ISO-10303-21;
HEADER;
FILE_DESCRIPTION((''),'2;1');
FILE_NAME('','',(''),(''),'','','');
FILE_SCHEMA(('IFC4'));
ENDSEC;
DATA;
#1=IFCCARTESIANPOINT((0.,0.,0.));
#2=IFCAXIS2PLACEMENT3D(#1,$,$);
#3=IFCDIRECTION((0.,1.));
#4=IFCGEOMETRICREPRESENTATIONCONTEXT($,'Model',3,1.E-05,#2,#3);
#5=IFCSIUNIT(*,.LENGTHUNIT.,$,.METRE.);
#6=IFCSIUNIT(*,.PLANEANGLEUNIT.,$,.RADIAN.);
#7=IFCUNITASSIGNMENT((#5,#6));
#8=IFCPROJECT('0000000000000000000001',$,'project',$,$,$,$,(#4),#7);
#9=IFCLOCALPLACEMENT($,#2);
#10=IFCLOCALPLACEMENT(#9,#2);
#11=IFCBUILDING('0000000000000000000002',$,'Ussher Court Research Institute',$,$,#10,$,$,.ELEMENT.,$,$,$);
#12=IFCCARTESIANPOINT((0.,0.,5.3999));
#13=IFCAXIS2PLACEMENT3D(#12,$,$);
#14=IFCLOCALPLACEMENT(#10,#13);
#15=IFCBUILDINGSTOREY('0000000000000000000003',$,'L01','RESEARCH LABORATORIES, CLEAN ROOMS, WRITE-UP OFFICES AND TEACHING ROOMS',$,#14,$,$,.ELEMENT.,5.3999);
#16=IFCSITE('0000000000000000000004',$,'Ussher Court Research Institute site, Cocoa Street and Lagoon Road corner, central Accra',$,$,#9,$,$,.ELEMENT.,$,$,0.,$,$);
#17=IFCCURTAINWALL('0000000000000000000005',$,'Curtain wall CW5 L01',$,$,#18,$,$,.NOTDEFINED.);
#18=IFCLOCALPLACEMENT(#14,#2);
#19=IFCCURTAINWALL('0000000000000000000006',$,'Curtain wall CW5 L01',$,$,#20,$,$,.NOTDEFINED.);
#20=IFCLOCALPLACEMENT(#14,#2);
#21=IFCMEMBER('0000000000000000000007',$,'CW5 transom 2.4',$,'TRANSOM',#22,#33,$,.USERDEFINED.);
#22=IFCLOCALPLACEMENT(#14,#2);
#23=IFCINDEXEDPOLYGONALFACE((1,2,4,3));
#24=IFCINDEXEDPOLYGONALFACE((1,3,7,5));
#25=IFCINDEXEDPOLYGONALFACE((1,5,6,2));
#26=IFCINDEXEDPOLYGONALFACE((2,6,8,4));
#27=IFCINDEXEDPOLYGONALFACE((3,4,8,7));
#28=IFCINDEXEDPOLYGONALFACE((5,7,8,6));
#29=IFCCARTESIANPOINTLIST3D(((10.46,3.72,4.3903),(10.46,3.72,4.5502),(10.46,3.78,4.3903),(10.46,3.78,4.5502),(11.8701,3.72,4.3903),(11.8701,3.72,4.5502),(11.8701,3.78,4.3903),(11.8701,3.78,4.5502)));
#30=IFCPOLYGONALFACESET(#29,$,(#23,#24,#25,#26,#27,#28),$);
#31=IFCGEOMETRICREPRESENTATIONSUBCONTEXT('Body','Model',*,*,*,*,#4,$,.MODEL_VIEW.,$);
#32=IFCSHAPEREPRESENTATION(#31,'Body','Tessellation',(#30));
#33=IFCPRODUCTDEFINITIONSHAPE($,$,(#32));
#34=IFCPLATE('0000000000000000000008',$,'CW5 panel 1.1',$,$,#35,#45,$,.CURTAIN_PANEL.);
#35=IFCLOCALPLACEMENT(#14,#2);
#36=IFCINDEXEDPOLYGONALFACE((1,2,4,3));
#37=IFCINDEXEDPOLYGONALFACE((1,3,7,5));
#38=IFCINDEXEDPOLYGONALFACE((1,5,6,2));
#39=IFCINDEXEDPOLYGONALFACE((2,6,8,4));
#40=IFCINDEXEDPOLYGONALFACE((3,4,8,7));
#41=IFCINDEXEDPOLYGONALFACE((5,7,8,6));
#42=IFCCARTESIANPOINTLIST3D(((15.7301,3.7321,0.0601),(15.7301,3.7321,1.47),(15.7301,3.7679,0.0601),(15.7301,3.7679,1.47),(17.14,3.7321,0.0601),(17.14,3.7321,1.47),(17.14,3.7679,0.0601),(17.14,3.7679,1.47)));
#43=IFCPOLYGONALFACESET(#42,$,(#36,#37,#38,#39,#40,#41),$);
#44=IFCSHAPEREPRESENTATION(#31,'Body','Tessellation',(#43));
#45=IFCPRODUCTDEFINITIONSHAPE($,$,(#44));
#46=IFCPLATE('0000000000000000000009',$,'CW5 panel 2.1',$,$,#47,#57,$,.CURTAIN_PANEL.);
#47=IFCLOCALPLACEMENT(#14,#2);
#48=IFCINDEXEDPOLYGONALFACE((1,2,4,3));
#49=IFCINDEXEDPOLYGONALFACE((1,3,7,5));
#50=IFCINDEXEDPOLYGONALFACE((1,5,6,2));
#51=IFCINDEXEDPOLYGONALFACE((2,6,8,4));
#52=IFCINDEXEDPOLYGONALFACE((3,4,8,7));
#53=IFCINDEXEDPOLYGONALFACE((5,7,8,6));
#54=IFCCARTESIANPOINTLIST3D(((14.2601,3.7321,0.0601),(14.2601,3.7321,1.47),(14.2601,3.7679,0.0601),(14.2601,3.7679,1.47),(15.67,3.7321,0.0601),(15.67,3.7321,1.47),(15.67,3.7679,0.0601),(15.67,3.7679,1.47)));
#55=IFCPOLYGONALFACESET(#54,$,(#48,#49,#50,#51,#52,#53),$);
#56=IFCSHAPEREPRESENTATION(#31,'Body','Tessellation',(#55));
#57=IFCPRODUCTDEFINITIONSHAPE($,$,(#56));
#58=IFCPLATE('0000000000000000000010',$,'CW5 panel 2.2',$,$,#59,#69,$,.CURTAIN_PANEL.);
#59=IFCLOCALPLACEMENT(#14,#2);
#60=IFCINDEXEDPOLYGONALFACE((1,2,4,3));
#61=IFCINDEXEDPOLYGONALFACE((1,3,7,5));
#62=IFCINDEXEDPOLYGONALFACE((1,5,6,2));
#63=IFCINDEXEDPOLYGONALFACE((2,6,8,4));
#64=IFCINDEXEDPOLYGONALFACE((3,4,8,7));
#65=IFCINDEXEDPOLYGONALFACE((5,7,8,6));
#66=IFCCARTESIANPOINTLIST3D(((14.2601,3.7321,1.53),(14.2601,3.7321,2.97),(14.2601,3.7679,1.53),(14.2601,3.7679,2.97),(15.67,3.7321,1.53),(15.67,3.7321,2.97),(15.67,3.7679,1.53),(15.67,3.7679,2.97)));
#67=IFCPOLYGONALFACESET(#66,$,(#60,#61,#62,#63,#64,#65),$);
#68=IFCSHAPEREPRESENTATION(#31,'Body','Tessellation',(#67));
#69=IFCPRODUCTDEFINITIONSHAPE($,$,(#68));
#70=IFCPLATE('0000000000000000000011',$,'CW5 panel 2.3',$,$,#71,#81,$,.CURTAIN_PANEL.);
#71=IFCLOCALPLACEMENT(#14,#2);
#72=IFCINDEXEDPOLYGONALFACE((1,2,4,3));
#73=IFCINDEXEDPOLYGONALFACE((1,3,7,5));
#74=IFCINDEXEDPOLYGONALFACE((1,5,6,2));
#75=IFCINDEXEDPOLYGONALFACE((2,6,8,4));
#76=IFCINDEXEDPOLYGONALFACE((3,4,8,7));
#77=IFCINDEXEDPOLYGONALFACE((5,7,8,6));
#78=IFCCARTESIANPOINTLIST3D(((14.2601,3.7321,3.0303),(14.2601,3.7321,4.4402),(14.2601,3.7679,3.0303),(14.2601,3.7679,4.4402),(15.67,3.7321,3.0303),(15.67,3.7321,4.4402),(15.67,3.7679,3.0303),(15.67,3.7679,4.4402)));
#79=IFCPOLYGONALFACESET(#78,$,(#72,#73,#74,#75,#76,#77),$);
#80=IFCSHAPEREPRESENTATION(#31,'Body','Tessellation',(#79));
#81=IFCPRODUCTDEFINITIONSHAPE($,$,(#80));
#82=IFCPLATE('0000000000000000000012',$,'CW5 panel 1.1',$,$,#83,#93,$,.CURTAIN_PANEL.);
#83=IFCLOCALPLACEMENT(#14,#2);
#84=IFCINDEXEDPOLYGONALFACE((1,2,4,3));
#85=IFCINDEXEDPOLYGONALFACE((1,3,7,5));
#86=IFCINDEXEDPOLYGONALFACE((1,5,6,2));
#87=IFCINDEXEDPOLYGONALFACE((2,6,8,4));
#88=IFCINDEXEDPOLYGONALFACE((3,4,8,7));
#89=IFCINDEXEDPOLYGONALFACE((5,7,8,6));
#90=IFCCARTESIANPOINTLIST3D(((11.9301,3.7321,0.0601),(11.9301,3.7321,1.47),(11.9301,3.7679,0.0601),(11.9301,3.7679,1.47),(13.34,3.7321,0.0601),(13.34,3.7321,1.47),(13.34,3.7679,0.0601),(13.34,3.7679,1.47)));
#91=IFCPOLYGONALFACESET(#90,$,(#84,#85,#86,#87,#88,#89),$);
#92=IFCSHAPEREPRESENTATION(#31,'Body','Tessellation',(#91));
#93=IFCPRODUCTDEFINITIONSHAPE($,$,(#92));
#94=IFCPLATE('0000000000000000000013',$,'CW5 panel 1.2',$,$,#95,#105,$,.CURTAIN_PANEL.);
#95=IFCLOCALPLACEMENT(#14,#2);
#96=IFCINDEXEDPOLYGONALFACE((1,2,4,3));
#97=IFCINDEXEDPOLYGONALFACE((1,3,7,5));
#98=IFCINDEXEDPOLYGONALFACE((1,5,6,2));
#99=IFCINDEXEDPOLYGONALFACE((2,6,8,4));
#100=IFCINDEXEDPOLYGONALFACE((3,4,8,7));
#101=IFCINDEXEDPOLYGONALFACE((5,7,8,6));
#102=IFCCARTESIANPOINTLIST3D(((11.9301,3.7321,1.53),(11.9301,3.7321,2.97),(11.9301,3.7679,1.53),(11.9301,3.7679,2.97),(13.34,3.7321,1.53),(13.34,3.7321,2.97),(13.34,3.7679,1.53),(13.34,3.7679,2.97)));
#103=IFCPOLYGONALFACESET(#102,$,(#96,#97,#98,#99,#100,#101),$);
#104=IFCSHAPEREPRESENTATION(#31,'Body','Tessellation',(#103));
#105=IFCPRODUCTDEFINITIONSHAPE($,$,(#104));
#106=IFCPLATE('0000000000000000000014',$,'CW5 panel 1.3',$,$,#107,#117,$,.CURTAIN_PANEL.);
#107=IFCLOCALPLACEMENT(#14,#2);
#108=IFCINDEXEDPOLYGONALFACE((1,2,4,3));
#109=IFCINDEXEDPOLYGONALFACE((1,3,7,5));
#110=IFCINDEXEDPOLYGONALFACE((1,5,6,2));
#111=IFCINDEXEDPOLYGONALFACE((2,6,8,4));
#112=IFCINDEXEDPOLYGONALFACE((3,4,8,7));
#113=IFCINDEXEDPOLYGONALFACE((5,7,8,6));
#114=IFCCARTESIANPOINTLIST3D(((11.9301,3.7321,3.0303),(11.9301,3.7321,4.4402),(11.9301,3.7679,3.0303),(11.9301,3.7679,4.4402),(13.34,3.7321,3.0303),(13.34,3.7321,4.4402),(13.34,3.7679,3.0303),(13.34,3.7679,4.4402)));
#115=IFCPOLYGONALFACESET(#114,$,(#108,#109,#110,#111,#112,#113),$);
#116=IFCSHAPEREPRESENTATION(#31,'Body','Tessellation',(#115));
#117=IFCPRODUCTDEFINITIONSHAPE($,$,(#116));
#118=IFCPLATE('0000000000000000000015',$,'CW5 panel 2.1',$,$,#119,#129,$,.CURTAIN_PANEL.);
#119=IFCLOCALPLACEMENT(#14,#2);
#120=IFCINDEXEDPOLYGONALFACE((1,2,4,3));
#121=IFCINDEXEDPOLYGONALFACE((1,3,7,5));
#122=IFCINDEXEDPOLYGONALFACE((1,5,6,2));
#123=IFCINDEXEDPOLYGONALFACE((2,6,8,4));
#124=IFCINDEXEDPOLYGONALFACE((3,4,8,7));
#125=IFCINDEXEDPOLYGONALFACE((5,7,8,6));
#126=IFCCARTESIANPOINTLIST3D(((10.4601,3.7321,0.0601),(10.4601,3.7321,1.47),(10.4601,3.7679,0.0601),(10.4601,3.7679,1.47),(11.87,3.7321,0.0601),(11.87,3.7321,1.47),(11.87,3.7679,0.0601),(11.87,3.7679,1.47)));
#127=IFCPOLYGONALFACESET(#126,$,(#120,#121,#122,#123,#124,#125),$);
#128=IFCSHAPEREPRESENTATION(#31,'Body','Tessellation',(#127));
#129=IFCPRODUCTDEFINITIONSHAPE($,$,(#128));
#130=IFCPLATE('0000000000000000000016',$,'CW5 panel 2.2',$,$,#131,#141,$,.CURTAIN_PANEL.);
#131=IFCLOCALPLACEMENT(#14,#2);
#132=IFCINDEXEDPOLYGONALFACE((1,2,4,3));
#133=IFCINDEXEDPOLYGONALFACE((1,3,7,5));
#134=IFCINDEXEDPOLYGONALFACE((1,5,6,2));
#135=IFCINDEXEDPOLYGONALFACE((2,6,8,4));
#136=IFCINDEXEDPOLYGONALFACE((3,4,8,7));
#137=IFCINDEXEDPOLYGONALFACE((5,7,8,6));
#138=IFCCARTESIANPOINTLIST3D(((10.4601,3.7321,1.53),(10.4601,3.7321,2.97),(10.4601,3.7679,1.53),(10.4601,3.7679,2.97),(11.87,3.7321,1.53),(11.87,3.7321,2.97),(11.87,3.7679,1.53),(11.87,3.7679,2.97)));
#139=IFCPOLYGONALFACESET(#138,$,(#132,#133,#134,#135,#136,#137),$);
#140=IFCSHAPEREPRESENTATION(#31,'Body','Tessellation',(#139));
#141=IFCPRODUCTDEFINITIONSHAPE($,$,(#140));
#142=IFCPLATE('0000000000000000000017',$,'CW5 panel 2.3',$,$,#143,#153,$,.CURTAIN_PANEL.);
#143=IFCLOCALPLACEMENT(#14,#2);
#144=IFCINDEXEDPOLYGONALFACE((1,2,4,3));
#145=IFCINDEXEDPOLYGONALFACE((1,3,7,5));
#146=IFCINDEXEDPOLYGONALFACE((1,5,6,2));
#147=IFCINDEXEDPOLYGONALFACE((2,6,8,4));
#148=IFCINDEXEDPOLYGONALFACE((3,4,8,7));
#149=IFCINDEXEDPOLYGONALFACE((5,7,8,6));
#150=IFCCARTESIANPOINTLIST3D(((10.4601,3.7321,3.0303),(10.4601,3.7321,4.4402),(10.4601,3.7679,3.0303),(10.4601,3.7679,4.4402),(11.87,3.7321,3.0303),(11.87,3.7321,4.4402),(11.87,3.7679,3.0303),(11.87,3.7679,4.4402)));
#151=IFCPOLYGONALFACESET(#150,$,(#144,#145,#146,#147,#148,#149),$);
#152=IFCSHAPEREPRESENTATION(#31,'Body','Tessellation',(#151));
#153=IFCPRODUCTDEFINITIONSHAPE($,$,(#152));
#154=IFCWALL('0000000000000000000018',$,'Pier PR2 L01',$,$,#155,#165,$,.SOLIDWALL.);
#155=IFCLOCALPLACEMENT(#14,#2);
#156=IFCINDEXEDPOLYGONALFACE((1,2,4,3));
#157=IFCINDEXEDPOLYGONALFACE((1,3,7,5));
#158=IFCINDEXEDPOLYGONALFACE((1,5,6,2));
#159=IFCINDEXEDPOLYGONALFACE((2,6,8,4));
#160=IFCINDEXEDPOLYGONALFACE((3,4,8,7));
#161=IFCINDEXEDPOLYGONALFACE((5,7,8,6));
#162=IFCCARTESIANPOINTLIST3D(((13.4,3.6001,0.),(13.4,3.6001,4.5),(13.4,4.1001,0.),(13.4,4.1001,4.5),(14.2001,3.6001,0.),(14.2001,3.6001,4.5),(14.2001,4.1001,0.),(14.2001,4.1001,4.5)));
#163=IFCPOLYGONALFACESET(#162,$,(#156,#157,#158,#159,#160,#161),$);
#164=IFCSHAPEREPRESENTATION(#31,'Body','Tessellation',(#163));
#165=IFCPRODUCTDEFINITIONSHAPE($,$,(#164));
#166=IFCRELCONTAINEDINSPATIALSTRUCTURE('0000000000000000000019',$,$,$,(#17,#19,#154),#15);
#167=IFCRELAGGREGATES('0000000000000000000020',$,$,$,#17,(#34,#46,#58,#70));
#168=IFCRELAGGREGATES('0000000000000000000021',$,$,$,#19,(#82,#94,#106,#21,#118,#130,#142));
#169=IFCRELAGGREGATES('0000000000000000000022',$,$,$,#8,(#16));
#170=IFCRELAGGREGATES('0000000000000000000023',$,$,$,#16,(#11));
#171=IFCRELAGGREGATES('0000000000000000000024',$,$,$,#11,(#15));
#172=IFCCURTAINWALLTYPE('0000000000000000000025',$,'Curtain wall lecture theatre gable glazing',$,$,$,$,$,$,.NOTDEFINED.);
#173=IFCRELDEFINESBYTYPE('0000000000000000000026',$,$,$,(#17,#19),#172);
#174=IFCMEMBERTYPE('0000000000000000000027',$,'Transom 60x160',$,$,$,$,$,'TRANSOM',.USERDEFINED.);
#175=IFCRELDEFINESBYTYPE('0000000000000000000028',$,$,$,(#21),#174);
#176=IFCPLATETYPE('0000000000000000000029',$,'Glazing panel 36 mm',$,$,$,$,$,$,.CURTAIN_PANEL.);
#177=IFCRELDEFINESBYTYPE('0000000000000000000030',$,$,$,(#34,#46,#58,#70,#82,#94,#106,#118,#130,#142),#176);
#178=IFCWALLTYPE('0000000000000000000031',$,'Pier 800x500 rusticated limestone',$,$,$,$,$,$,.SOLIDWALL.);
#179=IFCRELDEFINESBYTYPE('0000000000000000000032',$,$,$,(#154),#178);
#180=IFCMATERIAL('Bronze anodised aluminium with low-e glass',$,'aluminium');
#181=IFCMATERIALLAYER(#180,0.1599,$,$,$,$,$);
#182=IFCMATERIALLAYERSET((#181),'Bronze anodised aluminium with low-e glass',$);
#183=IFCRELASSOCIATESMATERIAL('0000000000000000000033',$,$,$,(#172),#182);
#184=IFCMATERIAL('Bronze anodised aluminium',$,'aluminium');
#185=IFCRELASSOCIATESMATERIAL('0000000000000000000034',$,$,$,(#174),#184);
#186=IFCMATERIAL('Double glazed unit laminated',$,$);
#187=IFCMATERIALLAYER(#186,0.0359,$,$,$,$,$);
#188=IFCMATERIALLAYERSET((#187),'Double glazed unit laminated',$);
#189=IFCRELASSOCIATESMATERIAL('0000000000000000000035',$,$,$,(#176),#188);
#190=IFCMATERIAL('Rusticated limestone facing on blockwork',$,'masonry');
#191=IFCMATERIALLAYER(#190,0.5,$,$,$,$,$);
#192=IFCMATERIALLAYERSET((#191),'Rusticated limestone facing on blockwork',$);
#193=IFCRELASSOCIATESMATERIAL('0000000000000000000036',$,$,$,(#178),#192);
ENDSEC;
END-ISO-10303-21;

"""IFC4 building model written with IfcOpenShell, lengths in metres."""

from ifc_helpers import new_model, si_unit, direction, frame, frame_2d, origin, origin_2d, place, context, subcontext, project, spatial, rectangle, extrude, material, layer, layer_set, material_profile, profile_set, type_object, element, aggregate, save


model = new_model("IFC4")

# Units and contexts
model_context = context("Model", 3, precision=1e-05, world=origin(), true_north=direction((0.0, 1.0)))
body_context = subcontext(model_context, "Body", "Model", "MODEL_VIEW")
ifc_project = project(units=[si_unit("LENGTHUNIT", "METRE"), si_unit("PLANEANGLEUNIT", "RADIAN")], contexts=[model_context])

# Site, building, storey
site_placement = place(None, origin())
site = spatial("IfcSite", under=ifc_project, at=site_placement, Name="Ussher Court Research Institute site, Cocoa Street and Lagoon Road corner, central Accra", CompositionType="ELEMENT", RefElevation=0.0)
building_placement = place(site_placement, origin())
building = spatial("IfcBuilding", under=site, at=building_placement, Name="Ussher Court Research Institute", CompositionType="ELEMENT")
storey_placement = place(building_placement, frame((0.0, 0.0, 5.3999)))
storey = spatial("IfcBuildingStorey", under=building, at=storey_placement, Name="L01", Description="RESEARCH LABORATORIES, CLEAN ROOMS, WRITE-UP OFFICES AND TEACHING ROOMS", CompositionType="ELEMENT", Elevation=5.3999)

# Curtain walls
ifc_material_1 = material(Name="Bronze anodised aluminium with low-e glass", Category="aluminium")
ifc_layer_1 = layer(ifc_material_1, 0.1599)
ifc_layer_set_1 = layer_set([ifc_layer_1], Name="Bronze anodised aluminium with low-e glass")
curtain_wall_type = type_object("IfcCurtainWallType", Name="Curtain wall lecture theatre gable glazing", PredefinedType="NOTDEFINED", material=ifc_layer_set_1)
curtain_wall_1_placement = place(storey_placement, origin())
curtain_wall_1 = element("IfcCurtainWall", 1, at=curtain_wall_1_placement, inside=storey, type_object=curtain_wall_type, Name="Curtain wall CW5 L01", PredefinedType="NOTDEFINED")
curtain_wall_2_placement = place(storey_placement, origin())
curtain_wall_2 = element("IfcCurtainWall", 2, at=curtain_wall_2_placement, inside=storey, type_object=curtain_wall_type, Name="Curtain wall CW5 L01", PredefinedType="NOTDEFINED")

# Member
ifc_material_2 = material(Name="Bronze anodised aluminium", Category="aluminium")
ifc_material_profile_1 = material_profile(ifc_material_2, rectangle(XDim=0.0601, YDim=0.1599, at=origin_2d()), Name="Transom 60x160")
ifc_profile_set_1 = profile_set([ifc_material_profile_1], Name="Bronze anodised aluminium")
member_type_1 = type_object("IfcMemberType", Name="Transom 60x160", ElementType="TRANSOM", PredefinedType="USERDEFINED", material=ifc_profile_set_1)
member_1_placement = place(storey_placement, frame((11.8701, 3.75, 4.4702), z_axis=(-1.0, 0.0, 0.0), x_axis=(0.0, -1.0, 0.0)))
member_1 = element("IfcMember", 3, at=member_1_placement, type_object=member_type_1, Name="CW5 transom 2.4", ObjectType="TRANSOM", PredefinedType="USERDEFINED", context=body_context, shape_type="SweptSolid", body=[
    extrude(rectangle(XDim=0.0601, YDim=0.1599, at=origin_2d()), origin(), (0.0, 0.0, 1.0), 1.4102),
])

# Plates
ifc_material_3 = material(Name="Double glazed unit laminated")
ifc_layer_2 = layer(ifc_material_3, 0.0359)
ifc_layer_set_2 = layer_set([ifc_layer_2], Name="Double glazed unit laminated")
plate_type = type_object("IfcPlateType", Name="Glazing panel 36 mm", PredefinedType="CURTAIN_PANEL", material=ifc_layer_set_2)
plate_1_placement = place(storey_placement, frame((16.4351, 3.75, 0.0601), z_axis=(0.0, 0.0, 1.0), x_axis=(-1.0, 0.0, 0.0)))
plate_1 = element("IfcPlate", 4, at=plate_1_placement, type_object=plate_type, Name="CW5 panel 1.1", PredefinedType="CURTAIN_PANEL", context=body_context, shape_type="SweptSolid", body=[
    extrude(rectangle(XDim=1.4099, YDim=0.0359, at=origin_2d()), origin(), (0.0, 0.0, 1.0), 1.4099),
])
plate_2_placement = place(storey_placement, frame((14.9651, 3.75, 0.0601), z_axis=(0.0, 0.0, 1.0), x_axis=(-1.0, 0.0, 0.0)))
plate_2 = element("IfcPlate", 5, at=plate_2_placement, type_object=plate_type, Name="CW5 panel 2.1", PredefinedType="CURTAIN_PANEL", context=body_context, shape_type="SweptSolid", body=[
    extrude(rectangle(XDim=1.4099, YDim=0.0359, at=origin_2d()), origin(), (0.0, 0.0, 1.0), 1.4099),
])
plate_3_placement = place(storey_placement, frame((14.9651, 3.75, 1.53), z_axis=(0.0, 0.0, 1.0), x_axis=(-1.0, 0.0, 0.0)))
plate_3 = element("IfcPlate", 6, at=plate_3_placement, type_object=plate_type, Name="CW5 panel 2.2", PredefinedType="CURTAIN_PANEL", context=body_context, shape_type="SweptSolid", body=[
    extrude(rectangle(XDim=1.4099, YDim=0.0359, at=origin_2d()), origin(), (0.0, 0.0, 1.0), 1.4399),
])
plate_4_placement = place(storey_placement, frame((14.9651, 3.75, 3.0303), z_axis=(0.0, 0.0, 1.0), x_axis=(-1.0, 0.0, 0.0)))
plate_4 = element("IfcPlate", 7, at=plate_4_placement, type_object=plate_type, Name="CW5 panel 2.3", PredefinedType="CURTAIN_PANEL", context=body_context, shape_type="SweptSolid", body=[
    extrude(rectangle(XDim=1.4099, YDim=0.0359, at=origin_2d()), origin(), (0.0, 0.0, 1.0), 1.4099),
])
aggregate(curtain_wall_1, [plate_1, plate_2, plate_3, plate_4])
plate_5_placement = place(storey_placement, frame((12.635, 3.75, 0.0601), z_axis=(0.0, 0.0, 1.0), x_axis=(-1.0, 0.0, 0.0)))
plate_5 = element("IfcPlate", 8, at=plate_5_placement, type_object=plate_type, Name="CW5 panel 1.1", PredefinedType="CURTAIN_PANEL", context=body_context, shape_type="SweptSolid", body=[
    extrude(rectangle(XDim=1.4099, YDim=0.0359, at=origin_2d()), origin(), (0.0, 0.0, 1.0), 1.4099),
])
plate_6_placement = place(storey_placement, frame((12.635, 3.75, 1.53), z_axis=(0.0, 0.0, 1.0), x_axis=(-1.0, 0.0, 0.0)))
plate_6 = element("IfcPlate", 9, at=plate_6_placement, type_object=plate_type, Name="CW5 panel 1.2", PredefinedType="CURTAIN_PANEL", context=body_context, shape_type="SweptSolid", body=[
    extrude(rectangle(XDim=1.4099, YDim=0.0359, at=origin_2d()), origin(), (0.0, 0.0, 1.0), 1.4399),
])
plate_7_placement = place(storey_placement, frame((12.635, 3.75, 3.0303), z_axis=(0.0, 0.0, 1.0), x_axis=(-1.0, 0.0, 0.0)))
plate_7 = element("IfcPlate", 10, at=plate_7_placement, type_object=plate_type, Name="CW5 panel 1.3", PredefinedType="CURTAIN_PANEL", context=body_context, shape_type="SweptSolid", body=[
    extrude(rectangle(XDim=1.4099, YDim=0.0359, at=origin_2d()), origin(), (0.0, 0.0, 1.0), 1.4099),
])
plate_8_placement = place(storey_placement, frame((11.165, 3.75, 0.0601), z_axis=(0.0, 0.0, 1.0), x_axis=(-1.0, 0.0, 0.0)))
plate_8 = element("IfcPlate", 11, at=plate_8_placement, type_object=plate_type, Name="CW5 panel 2.1", PredefinedType="CURTAIN_PANEL", context=body_context, shape_type="SweptSolid", body=[
    extrude(rectangle(XDim=1.4099, YDim=0.0359, at=origin_2d()), origin(), (0.0, 0.0, 1.0), 1.4099),
])
plate_9_placement = place(storey_placement, frame((11.165, 3.75, 1.53), z_axis=(0.0, 0.0, 1.0), x_axis=(-1.0, 0.0, 0.0)))
plate_9 = element("IfcPlate", 12, at=plate_9_placement, type_object=plate_type, Name="CW5 panel 2.2", PredefinedType="CURTAIN_PANEL", context=body_context, shape_type="SweptSolid", body=[
    extrude(rectangle(XDim=1.4099, YDim=0.0359, at=origin_2d()), origin(), (0.0, 0.0, 1.0), 1.4399),
])
plate_10_placement = place(storey_placement, frame((11.165, 3.75, 3.0303), z_axis=(0.0, 0.0, 1.0), x_axis=(-1.0, 0.0, 0.0)))
plate_10 = element("IfcPlate", 13, at=plate_10_placement, type_object=plate_type, Name="CW5 panel 2.3", PredefinedType="CURTAIN_PANEL", context=body_context, shape_type="SweptSolid", body=[
    extrude(rectangle(XDim=1.4099, YDim=0.0359, at=origin_2d()), origin(), (0.0, 0.0, 1.0), 1.4099),
])
aggregate(curtain_wall_2, [plate_5, plate_6, plate_7, member_1, plate_8, plate_9, plate_10])

# Wall
ifc_material_4 = material(Name="Rusticated limestone facing on blockwork", Category="masonry")
ifc_layer_3 = layer(ifc_material_4, 0.5)
ifc_layer_set_3 = layer_set([ifc_layer_3], Name="Rusticated limestone facing on blockwork")
wall_type = type_object("IfcWallType", Name="Pier 800x500 rusticated limestone", PredefinedType="SOLIDWALL", material=ifc_layer_set_3)
wall_placement = place(storey_placement, frame((14.2, 3.8501, 0.0), z_axis=(0.0, 0.0, 1.0), x_axis=(-1.0, 0.0, 0.0)))
element("IfcWall", 14, at=wall_placement, inside=storey, type_object=wall_type, Name="Pier PR2 L01", PredefinedType="SOLIDWALL", context=body_context, shape_type="SweptSolid", body=[
    extrude(rectangle(XDim=0.8, YDim=0.5, at=frame_2d((0.3999, 0.0))), origin(), (0.0, 0.0, 1.0), 4.5),
])

save(model, "model.ifc")
